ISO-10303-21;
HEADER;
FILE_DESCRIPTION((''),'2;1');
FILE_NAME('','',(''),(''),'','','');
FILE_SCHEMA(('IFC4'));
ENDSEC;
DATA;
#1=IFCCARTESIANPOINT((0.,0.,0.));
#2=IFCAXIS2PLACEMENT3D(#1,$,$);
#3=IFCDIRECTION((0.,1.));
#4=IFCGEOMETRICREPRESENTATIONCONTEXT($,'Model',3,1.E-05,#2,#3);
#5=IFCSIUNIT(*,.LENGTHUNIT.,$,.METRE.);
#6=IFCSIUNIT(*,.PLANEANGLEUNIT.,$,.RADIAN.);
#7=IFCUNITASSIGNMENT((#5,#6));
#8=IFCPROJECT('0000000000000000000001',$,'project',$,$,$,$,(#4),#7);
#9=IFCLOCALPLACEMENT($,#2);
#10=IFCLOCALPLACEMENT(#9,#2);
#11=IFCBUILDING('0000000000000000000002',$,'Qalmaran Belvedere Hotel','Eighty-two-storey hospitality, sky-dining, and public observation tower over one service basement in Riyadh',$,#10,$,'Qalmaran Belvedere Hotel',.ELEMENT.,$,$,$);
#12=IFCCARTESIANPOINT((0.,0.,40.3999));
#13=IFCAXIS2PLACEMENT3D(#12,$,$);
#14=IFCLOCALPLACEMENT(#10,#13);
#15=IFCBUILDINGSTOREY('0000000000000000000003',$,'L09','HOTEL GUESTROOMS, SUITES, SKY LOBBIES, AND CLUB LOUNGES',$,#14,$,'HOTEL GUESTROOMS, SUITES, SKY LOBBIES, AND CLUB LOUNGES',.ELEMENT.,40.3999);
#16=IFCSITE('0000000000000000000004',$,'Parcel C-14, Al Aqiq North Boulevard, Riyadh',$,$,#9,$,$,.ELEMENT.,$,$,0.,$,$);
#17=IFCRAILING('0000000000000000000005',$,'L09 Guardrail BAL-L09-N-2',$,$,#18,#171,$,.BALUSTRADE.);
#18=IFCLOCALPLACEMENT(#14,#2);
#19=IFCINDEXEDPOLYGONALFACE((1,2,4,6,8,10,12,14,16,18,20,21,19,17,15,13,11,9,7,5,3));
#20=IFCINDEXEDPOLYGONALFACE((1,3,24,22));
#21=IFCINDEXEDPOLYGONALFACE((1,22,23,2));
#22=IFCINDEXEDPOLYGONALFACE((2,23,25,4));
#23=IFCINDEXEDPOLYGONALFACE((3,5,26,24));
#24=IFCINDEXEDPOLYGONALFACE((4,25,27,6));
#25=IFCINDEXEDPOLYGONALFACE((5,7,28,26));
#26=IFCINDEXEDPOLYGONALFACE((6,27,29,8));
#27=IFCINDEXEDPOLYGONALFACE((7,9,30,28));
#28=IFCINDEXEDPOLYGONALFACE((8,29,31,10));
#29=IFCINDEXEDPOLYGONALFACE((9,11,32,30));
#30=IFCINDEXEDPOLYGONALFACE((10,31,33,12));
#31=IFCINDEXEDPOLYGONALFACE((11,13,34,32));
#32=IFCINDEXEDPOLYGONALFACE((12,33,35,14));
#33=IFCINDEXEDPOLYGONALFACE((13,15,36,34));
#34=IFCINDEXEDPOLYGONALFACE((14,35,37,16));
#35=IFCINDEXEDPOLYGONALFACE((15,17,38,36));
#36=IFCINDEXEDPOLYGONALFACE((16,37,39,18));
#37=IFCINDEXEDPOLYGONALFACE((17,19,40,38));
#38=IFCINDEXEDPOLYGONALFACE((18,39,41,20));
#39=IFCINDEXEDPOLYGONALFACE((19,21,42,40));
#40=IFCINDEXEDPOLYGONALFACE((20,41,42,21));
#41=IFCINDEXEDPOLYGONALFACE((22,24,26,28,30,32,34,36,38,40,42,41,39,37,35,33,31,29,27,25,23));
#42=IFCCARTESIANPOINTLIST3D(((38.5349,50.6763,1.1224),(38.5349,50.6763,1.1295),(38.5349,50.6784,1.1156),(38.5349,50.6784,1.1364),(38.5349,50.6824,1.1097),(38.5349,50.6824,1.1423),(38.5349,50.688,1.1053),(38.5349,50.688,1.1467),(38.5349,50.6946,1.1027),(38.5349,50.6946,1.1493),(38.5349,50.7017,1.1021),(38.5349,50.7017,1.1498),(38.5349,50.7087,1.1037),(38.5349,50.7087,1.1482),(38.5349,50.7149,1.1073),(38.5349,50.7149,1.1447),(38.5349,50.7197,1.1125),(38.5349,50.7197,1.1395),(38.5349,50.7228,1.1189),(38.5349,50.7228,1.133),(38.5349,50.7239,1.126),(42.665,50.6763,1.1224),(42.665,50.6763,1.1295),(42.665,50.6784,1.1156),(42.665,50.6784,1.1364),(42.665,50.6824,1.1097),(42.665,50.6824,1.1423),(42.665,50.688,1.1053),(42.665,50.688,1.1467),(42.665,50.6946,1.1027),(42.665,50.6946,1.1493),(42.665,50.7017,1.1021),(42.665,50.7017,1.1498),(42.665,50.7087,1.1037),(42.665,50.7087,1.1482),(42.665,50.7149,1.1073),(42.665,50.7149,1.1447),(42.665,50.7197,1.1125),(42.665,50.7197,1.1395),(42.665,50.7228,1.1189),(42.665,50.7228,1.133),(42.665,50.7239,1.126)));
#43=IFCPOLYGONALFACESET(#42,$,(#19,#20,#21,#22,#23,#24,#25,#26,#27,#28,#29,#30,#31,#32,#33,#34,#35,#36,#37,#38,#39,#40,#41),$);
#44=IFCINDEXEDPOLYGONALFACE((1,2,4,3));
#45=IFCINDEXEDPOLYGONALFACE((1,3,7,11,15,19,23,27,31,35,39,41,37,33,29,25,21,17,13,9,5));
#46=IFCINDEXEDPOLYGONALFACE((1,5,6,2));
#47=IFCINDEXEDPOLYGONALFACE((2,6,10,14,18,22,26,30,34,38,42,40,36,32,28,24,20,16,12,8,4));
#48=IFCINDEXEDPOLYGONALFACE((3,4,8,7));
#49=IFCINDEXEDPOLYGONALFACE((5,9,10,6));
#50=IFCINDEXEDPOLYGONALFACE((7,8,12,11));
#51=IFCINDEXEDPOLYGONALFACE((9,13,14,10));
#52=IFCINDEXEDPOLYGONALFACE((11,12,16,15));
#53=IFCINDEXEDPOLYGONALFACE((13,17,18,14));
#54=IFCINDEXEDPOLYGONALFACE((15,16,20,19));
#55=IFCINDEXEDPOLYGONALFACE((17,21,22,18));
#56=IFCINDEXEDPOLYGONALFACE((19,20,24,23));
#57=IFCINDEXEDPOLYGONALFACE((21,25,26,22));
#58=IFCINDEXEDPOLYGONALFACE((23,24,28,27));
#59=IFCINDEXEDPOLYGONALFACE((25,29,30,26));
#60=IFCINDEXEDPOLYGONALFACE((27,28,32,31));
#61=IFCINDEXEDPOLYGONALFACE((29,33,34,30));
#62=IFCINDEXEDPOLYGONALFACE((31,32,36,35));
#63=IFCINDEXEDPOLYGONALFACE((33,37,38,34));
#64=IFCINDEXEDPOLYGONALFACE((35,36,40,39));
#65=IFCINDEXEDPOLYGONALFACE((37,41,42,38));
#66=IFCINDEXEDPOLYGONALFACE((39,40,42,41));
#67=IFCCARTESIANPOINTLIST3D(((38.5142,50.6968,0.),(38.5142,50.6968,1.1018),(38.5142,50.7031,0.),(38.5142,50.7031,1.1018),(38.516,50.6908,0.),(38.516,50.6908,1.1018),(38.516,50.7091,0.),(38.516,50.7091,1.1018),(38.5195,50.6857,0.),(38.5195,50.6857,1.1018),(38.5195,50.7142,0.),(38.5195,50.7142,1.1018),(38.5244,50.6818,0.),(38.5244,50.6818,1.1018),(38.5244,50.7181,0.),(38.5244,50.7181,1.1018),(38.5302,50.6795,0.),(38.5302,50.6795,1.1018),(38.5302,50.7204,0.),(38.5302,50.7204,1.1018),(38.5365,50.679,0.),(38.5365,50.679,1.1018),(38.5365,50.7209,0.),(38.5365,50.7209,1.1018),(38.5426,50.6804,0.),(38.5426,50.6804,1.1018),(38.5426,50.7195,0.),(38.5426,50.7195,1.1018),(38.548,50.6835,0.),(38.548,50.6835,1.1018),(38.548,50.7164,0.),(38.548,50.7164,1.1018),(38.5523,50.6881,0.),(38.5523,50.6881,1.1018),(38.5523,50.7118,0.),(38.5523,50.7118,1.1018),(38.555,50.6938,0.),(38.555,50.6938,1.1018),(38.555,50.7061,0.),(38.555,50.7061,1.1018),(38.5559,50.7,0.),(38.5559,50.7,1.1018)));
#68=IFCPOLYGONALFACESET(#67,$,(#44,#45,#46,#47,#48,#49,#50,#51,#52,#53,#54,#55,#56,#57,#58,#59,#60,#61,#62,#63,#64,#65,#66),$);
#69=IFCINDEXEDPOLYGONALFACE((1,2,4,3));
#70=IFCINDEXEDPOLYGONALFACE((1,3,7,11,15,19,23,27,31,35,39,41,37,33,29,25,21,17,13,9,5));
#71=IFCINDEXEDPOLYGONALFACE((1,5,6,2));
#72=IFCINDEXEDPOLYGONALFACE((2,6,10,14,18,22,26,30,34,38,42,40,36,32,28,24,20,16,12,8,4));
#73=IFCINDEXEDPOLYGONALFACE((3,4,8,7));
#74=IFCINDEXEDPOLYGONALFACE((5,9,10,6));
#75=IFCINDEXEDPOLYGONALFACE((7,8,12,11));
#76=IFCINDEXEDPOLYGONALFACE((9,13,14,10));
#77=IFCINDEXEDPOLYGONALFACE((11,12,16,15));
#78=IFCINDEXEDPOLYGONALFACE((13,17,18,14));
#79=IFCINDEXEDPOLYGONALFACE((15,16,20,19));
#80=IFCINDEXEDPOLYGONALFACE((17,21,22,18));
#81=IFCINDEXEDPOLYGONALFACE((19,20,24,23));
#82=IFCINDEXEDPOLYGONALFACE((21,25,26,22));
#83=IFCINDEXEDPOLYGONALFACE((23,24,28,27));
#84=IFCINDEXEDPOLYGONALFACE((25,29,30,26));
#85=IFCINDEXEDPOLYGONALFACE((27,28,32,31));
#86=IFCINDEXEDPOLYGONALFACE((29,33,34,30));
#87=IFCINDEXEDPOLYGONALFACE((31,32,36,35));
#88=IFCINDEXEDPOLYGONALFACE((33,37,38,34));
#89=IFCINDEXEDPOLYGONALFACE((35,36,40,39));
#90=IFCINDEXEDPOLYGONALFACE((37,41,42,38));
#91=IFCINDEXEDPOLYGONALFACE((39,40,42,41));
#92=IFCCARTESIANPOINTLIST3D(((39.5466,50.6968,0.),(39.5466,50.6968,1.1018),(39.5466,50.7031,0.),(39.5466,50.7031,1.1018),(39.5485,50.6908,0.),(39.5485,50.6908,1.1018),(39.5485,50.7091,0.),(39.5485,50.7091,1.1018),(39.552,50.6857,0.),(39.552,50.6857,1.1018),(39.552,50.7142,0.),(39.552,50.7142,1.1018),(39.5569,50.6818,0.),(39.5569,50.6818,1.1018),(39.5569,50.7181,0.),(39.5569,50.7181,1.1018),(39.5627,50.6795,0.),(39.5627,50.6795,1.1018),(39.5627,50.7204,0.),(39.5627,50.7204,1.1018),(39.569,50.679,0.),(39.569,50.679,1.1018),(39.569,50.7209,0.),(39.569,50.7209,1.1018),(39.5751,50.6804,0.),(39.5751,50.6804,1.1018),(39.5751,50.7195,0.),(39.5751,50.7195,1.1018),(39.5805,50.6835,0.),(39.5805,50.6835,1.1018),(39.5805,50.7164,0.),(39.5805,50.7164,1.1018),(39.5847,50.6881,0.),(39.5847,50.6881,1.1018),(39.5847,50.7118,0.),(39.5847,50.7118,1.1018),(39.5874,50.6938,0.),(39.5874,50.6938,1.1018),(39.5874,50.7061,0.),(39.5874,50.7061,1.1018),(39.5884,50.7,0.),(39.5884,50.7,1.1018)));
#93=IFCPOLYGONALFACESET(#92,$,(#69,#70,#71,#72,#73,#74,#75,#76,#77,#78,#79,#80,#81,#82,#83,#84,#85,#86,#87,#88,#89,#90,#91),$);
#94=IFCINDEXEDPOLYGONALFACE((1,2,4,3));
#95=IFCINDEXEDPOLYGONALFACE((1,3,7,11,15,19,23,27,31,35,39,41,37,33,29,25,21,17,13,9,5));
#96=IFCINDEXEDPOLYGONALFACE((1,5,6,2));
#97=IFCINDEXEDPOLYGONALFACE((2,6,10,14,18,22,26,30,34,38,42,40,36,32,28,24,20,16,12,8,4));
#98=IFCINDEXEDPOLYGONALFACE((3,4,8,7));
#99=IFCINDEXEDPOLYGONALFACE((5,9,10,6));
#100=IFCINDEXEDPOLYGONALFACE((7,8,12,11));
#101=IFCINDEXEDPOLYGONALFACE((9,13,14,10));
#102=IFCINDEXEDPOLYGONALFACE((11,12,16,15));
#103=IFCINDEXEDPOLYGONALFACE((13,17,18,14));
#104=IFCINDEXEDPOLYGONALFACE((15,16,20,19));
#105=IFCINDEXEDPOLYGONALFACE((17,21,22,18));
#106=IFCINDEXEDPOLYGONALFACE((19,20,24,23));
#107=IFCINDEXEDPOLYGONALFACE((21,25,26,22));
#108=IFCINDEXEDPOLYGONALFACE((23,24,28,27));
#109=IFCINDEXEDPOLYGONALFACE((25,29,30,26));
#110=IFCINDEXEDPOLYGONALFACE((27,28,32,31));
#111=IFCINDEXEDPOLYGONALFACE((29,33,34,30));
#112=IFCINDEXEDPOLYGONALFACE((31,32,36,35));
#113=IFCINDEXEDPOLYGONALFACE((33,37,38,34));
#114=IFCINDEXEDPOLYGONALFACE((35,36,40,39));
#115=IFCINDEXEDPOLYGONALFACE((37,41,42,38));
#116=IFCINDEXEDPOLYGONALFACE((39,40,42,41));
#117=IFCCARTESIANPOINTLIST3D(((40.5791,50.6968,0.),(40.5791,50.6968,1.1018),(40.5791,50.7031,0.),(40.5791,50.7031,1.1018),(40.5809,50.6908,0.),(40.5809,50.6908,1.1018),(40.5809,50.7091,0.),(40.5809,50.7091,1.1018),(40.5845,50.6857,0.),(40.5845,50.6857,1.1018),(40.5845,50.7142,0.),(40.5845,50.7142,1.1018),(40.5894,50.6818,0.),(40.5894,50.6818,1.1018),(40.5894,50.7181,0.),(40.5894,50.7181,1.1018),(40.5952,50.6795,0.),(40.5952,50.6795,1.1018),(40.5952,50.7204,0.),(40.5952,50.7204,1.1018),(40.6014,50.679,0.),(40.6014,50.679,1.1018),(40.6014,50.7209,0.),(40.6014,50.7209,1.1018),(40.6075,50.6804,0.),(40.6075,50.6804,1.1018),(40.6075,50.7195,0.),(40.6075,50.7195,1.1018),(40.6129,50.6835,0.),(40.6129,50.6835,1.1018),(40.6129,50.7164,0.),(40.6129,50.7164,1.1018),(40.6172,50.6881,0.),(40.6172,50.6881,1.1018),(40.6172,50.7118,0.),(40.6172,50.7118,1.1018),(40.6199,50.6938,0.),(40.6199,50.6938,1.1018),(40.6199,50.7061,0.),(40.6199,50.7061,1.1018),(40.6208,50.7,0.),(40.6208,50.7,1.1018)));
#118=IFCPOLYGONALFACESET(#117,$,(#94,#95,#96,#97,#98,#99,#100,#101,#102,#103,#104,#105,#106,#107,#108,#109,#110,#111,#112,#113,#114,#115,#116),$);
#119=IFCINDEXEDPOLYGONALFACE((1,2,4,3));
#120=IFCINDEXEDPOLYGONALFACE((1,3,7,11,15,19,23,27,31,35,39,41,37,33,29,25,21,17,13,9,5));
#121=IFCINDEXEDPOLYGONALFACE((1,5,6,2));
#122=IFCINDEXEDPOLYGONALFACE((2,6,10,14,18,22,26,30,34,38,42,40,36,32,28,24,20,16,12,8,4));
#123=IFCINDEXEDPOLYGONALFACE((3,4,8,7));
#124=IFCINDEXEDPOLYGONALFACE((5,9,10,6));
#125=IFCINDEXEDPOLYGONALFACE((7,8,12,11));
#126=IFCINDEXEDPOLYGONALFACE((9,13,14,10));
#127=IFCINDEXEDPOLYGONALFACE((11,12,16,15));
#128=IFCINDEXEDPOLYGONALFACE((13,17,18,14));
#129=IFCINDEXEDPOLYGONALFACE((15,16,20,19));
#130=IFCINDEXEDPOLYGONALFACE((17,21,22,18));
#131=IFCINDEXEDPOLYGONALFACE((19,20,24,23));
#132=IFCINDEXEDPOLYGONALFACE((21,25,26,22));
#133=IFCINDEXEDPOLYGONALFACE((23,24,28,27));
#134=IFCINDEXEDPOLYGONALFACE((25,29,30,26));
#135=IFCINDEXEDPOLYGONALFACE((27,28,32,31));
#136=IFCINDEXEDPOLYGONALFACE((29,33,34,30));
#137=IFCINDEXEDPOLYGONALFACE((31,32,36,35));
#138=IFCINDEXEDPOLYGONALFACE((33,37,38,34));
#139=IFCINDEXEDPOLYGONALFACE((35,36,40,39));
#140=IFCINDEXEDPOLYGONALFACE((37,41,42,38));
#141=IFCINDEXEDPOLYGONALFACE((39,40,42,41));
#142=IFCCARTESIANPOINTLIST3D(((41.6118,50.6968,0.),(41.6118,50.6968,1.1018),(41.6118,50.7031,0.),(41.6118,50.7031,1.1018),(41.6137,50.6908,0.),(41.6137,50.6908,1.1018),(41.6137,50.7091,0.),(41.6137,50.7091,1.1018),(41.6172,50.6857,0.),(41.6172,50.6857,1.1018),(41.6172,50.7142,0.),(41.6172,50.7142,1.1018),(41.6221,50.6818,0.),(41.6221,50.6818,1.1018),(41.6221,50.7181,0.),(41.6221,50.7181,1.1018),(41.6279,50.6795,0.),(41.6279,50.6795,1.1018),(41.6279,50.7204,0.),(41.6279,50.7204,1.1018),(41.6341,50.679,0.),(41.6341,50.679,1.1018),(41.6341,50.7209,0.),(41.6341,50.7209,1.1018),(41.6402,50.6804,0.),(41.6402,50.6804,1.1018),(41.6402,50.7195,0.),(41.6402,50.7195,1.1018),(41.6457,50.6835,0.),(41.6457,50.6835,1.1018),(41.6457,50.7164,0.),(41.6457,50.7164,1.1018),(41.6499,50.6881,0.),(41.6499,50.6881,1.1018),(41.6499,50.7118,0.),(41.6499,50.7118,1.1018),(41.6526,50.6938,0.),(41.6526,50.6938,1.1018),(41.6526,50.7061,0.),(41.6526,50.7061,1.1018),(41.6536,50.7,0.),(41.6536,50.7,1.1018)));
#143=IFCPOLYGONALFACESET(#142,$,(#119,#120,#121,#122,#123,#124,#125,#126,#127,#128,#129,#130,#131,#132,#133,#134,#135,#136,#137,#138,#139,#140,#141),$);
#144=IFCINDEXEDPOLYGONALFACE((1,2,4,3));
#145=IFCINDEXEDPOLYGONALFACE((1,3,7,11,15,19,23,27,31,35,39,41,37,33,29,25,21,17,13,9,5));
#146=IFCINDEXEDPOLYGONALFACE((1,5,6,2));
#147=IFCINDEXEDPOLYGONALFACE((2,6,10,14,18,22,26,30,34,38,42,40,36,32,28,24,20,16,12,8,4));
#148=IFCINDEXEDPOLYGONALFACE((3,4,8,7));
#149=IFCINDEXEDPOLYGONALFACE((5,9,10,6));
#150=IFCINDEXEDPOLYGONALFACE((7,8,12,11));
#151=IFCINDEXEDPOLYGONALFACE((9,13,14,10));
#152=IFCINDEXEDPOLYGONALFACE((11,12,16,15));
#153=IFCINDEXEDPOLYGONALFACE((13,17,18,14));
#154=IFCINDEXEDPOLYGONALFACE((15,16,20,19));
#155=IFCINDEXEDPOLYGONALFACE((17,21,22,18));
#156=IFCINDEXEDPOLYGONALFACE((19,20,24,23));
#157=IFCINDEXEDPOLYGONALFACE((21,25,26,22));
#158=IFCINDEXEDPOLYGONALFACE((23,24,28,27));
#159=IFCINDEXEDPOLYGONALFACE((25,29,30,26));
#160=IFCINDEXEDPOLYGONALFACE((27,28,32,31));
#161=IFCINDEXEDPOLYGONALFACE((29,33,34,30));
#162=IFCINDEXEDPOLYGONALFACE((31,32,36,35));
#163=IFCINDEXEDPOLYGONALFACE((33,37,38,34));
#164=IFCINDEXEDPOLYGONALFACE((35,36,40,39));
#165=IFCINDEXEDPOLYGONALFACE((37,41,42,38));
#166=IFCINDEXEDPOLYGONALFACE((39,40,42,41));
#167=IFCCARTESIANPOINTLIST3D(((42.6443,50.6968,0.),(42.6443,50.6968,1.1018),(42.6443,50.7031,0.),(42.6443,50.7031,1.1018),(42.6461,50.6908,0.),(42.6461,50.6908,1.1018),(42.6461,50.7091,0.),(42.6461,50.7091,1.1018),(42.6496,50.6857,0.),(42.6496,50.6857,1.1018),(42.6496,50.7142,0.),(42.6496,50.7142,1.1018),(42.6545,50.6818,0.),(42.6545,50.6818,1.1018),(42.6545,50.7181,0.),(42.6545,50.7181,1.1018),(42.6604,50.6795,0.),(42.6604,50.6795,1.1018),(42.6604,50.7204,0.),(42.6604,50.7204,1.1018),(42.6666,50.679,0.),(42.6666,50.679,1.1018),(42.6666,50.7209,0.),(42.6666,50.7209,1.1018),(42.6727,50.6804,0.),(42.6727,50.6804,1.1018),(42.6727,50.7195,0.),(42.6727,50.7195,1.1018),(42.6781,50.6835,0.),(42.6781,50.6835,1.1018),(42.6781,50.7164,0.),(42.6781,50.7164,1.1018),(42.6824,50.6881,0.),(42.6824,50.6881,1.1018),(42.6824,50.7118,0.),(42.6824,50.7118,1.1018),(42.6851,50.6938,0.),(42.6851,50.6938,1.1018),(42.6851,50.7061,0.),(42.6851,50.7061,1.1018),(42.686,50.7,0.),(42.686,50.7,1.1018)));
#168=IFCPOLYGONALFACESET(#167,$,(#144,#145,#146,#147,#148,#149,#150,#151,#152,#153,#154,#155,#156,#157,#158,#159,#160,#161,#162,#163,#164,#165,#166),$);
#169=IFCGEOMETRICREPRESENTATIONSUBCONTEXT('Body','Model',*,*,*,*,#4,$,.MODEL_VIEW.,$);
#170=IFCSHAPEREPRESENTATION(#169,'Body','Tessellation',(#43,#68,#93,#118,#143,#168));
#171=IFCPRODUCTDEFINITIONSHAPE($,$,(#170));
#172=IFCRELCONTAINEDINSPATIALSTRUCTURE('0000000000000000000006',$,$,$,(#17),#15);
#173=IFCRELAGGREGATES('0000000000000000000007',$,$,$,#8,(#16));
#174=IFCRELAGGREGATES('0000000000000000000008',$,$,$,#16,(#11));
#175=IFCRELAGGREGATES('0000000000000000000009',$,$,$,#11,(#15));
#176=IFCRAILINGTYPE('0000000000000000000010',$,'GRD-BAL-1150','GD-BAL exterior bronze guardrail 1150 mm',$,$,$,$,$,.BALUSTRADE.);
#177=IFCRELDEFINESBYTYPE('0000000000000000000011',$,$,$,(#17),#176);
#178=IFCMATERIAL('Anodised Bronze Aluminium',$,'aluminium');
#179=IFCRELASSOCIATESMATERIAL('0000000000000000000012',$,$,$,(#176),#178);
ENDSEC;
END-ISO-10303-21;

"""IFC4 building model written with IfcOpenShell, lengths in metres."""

from ifc_helpers import new_model, si_unit, direction, frame, origin, origin_2d, place, context, subcontext, project, spatial, circle, extrude, material, type_object, element, save


model = new_model("IFC4")

# Units and contexts
model_context = context("Model", 3, precision=1e-05, world=origin(), true_north=direction((0.0, 1.0)))
body_context = subcontext(model_context, "Body", "Model", "MODEL_VIEW")
ifc_project = project(units=[si_unit("LENGTHUNIT", "METRE"), si_unit("PLANEANGLEUNIT", "RADIAN")], contexts=[model_context])

# Site, building, storey
site_placement = place(None, origin())
site = spatial("IfcSite", under=ifc_project, at=site_placement, Name="Parcel C-14, Al Aqiq North Boulevard, Riyadh", CompositionType="ELEMENT", RefElevation=0.0)
building_placement = place(site_placement, origin())
building = spatial("IfcBuilding", under=site, at=building_placement, Name="Qalmaran Belvedere Hotel", Description="Eighty-two-storey hospitality, sky-dining, and public observation tower over one service basement in Riyadh", LongName="Qalmaran Belvedere Hotel", CompositionType="ELEMENT")
storey_placement = place(building_placement, frame((0.0, 0.0, 40.3999)))
storey = spatial("IfcBuildingStorey", under=building, at=storey_placement, Name="L09", Description="HOTEL GUESTROOMS, SUITES, SKY LOBBIES, AND CLUB LOUNGES", LongName="HOTEL GUESTROOMS, SUITES, SKY LOBBIES, AND CLUB LOUNGES", CompositionType="ELEMENT", Elevation=40.3999)

# Shared definitions
ifc_material_1 = material(Name="Anodised Bronze Aluminium", Category="aluminium")

# Railing
railing_type = type_object("IfcRailingType", Name="GRD-BAL-1150", Description="GD-BAL exterior bronze guardrail 1150 mm", PredefinedType="BALUSTRADE", material=ifc_material_1)
railing_1_placement = place(storey_placement, frame((38.5349, 50.7, 0.0)))
element("IfcRailing", 1, at=railing_1_placement, inside=storey, type_object=railing_type, Name="L09 Guardrail BAL-L09-N-2", PredefinedType="BALUSTRADE", context=body_context, shape_type="SweptSolid", body=[
    extrude(circle(Radius=0.0239, at=origin_2d()), frame((0.0, 0.0, 1.126), z_axis=(1.0, 0.0, 0.0), x_axis=(0.0, 1.0, 0.0)), (0.0, 0.0, 1.0), 4.1301),
    extrude(circle(Radius=0.021, at=origin_2d()), origin(), (0.0, 0.0, 1.0), 1.1018),
    extrude(circle(Radius=0.021, at=origin_2d()), frame((1.0325, 0.0, 0.0)), (0.0, 0.0, 1.0), 1.1018),
    extrude(circle(Radius=0.021, at=origin_2d()), frame((2.0649, 0.0, 0.0)), (0.0, 0.0, 1.0), 1.1018),
    extrude(circle(Radius=0.021, at=origin_2d()), frame((3.0977, 0.0, 0.0)), (0.0, 0.0, 1.0), 1.1018),
    extrude(circle(Radius=0.021, at=origin_2d()), frame((4.1301, 0.0, 0.0)), (0.0, 0.0, 1.0), 1.1018),
])

save(model, "model.ifc")
